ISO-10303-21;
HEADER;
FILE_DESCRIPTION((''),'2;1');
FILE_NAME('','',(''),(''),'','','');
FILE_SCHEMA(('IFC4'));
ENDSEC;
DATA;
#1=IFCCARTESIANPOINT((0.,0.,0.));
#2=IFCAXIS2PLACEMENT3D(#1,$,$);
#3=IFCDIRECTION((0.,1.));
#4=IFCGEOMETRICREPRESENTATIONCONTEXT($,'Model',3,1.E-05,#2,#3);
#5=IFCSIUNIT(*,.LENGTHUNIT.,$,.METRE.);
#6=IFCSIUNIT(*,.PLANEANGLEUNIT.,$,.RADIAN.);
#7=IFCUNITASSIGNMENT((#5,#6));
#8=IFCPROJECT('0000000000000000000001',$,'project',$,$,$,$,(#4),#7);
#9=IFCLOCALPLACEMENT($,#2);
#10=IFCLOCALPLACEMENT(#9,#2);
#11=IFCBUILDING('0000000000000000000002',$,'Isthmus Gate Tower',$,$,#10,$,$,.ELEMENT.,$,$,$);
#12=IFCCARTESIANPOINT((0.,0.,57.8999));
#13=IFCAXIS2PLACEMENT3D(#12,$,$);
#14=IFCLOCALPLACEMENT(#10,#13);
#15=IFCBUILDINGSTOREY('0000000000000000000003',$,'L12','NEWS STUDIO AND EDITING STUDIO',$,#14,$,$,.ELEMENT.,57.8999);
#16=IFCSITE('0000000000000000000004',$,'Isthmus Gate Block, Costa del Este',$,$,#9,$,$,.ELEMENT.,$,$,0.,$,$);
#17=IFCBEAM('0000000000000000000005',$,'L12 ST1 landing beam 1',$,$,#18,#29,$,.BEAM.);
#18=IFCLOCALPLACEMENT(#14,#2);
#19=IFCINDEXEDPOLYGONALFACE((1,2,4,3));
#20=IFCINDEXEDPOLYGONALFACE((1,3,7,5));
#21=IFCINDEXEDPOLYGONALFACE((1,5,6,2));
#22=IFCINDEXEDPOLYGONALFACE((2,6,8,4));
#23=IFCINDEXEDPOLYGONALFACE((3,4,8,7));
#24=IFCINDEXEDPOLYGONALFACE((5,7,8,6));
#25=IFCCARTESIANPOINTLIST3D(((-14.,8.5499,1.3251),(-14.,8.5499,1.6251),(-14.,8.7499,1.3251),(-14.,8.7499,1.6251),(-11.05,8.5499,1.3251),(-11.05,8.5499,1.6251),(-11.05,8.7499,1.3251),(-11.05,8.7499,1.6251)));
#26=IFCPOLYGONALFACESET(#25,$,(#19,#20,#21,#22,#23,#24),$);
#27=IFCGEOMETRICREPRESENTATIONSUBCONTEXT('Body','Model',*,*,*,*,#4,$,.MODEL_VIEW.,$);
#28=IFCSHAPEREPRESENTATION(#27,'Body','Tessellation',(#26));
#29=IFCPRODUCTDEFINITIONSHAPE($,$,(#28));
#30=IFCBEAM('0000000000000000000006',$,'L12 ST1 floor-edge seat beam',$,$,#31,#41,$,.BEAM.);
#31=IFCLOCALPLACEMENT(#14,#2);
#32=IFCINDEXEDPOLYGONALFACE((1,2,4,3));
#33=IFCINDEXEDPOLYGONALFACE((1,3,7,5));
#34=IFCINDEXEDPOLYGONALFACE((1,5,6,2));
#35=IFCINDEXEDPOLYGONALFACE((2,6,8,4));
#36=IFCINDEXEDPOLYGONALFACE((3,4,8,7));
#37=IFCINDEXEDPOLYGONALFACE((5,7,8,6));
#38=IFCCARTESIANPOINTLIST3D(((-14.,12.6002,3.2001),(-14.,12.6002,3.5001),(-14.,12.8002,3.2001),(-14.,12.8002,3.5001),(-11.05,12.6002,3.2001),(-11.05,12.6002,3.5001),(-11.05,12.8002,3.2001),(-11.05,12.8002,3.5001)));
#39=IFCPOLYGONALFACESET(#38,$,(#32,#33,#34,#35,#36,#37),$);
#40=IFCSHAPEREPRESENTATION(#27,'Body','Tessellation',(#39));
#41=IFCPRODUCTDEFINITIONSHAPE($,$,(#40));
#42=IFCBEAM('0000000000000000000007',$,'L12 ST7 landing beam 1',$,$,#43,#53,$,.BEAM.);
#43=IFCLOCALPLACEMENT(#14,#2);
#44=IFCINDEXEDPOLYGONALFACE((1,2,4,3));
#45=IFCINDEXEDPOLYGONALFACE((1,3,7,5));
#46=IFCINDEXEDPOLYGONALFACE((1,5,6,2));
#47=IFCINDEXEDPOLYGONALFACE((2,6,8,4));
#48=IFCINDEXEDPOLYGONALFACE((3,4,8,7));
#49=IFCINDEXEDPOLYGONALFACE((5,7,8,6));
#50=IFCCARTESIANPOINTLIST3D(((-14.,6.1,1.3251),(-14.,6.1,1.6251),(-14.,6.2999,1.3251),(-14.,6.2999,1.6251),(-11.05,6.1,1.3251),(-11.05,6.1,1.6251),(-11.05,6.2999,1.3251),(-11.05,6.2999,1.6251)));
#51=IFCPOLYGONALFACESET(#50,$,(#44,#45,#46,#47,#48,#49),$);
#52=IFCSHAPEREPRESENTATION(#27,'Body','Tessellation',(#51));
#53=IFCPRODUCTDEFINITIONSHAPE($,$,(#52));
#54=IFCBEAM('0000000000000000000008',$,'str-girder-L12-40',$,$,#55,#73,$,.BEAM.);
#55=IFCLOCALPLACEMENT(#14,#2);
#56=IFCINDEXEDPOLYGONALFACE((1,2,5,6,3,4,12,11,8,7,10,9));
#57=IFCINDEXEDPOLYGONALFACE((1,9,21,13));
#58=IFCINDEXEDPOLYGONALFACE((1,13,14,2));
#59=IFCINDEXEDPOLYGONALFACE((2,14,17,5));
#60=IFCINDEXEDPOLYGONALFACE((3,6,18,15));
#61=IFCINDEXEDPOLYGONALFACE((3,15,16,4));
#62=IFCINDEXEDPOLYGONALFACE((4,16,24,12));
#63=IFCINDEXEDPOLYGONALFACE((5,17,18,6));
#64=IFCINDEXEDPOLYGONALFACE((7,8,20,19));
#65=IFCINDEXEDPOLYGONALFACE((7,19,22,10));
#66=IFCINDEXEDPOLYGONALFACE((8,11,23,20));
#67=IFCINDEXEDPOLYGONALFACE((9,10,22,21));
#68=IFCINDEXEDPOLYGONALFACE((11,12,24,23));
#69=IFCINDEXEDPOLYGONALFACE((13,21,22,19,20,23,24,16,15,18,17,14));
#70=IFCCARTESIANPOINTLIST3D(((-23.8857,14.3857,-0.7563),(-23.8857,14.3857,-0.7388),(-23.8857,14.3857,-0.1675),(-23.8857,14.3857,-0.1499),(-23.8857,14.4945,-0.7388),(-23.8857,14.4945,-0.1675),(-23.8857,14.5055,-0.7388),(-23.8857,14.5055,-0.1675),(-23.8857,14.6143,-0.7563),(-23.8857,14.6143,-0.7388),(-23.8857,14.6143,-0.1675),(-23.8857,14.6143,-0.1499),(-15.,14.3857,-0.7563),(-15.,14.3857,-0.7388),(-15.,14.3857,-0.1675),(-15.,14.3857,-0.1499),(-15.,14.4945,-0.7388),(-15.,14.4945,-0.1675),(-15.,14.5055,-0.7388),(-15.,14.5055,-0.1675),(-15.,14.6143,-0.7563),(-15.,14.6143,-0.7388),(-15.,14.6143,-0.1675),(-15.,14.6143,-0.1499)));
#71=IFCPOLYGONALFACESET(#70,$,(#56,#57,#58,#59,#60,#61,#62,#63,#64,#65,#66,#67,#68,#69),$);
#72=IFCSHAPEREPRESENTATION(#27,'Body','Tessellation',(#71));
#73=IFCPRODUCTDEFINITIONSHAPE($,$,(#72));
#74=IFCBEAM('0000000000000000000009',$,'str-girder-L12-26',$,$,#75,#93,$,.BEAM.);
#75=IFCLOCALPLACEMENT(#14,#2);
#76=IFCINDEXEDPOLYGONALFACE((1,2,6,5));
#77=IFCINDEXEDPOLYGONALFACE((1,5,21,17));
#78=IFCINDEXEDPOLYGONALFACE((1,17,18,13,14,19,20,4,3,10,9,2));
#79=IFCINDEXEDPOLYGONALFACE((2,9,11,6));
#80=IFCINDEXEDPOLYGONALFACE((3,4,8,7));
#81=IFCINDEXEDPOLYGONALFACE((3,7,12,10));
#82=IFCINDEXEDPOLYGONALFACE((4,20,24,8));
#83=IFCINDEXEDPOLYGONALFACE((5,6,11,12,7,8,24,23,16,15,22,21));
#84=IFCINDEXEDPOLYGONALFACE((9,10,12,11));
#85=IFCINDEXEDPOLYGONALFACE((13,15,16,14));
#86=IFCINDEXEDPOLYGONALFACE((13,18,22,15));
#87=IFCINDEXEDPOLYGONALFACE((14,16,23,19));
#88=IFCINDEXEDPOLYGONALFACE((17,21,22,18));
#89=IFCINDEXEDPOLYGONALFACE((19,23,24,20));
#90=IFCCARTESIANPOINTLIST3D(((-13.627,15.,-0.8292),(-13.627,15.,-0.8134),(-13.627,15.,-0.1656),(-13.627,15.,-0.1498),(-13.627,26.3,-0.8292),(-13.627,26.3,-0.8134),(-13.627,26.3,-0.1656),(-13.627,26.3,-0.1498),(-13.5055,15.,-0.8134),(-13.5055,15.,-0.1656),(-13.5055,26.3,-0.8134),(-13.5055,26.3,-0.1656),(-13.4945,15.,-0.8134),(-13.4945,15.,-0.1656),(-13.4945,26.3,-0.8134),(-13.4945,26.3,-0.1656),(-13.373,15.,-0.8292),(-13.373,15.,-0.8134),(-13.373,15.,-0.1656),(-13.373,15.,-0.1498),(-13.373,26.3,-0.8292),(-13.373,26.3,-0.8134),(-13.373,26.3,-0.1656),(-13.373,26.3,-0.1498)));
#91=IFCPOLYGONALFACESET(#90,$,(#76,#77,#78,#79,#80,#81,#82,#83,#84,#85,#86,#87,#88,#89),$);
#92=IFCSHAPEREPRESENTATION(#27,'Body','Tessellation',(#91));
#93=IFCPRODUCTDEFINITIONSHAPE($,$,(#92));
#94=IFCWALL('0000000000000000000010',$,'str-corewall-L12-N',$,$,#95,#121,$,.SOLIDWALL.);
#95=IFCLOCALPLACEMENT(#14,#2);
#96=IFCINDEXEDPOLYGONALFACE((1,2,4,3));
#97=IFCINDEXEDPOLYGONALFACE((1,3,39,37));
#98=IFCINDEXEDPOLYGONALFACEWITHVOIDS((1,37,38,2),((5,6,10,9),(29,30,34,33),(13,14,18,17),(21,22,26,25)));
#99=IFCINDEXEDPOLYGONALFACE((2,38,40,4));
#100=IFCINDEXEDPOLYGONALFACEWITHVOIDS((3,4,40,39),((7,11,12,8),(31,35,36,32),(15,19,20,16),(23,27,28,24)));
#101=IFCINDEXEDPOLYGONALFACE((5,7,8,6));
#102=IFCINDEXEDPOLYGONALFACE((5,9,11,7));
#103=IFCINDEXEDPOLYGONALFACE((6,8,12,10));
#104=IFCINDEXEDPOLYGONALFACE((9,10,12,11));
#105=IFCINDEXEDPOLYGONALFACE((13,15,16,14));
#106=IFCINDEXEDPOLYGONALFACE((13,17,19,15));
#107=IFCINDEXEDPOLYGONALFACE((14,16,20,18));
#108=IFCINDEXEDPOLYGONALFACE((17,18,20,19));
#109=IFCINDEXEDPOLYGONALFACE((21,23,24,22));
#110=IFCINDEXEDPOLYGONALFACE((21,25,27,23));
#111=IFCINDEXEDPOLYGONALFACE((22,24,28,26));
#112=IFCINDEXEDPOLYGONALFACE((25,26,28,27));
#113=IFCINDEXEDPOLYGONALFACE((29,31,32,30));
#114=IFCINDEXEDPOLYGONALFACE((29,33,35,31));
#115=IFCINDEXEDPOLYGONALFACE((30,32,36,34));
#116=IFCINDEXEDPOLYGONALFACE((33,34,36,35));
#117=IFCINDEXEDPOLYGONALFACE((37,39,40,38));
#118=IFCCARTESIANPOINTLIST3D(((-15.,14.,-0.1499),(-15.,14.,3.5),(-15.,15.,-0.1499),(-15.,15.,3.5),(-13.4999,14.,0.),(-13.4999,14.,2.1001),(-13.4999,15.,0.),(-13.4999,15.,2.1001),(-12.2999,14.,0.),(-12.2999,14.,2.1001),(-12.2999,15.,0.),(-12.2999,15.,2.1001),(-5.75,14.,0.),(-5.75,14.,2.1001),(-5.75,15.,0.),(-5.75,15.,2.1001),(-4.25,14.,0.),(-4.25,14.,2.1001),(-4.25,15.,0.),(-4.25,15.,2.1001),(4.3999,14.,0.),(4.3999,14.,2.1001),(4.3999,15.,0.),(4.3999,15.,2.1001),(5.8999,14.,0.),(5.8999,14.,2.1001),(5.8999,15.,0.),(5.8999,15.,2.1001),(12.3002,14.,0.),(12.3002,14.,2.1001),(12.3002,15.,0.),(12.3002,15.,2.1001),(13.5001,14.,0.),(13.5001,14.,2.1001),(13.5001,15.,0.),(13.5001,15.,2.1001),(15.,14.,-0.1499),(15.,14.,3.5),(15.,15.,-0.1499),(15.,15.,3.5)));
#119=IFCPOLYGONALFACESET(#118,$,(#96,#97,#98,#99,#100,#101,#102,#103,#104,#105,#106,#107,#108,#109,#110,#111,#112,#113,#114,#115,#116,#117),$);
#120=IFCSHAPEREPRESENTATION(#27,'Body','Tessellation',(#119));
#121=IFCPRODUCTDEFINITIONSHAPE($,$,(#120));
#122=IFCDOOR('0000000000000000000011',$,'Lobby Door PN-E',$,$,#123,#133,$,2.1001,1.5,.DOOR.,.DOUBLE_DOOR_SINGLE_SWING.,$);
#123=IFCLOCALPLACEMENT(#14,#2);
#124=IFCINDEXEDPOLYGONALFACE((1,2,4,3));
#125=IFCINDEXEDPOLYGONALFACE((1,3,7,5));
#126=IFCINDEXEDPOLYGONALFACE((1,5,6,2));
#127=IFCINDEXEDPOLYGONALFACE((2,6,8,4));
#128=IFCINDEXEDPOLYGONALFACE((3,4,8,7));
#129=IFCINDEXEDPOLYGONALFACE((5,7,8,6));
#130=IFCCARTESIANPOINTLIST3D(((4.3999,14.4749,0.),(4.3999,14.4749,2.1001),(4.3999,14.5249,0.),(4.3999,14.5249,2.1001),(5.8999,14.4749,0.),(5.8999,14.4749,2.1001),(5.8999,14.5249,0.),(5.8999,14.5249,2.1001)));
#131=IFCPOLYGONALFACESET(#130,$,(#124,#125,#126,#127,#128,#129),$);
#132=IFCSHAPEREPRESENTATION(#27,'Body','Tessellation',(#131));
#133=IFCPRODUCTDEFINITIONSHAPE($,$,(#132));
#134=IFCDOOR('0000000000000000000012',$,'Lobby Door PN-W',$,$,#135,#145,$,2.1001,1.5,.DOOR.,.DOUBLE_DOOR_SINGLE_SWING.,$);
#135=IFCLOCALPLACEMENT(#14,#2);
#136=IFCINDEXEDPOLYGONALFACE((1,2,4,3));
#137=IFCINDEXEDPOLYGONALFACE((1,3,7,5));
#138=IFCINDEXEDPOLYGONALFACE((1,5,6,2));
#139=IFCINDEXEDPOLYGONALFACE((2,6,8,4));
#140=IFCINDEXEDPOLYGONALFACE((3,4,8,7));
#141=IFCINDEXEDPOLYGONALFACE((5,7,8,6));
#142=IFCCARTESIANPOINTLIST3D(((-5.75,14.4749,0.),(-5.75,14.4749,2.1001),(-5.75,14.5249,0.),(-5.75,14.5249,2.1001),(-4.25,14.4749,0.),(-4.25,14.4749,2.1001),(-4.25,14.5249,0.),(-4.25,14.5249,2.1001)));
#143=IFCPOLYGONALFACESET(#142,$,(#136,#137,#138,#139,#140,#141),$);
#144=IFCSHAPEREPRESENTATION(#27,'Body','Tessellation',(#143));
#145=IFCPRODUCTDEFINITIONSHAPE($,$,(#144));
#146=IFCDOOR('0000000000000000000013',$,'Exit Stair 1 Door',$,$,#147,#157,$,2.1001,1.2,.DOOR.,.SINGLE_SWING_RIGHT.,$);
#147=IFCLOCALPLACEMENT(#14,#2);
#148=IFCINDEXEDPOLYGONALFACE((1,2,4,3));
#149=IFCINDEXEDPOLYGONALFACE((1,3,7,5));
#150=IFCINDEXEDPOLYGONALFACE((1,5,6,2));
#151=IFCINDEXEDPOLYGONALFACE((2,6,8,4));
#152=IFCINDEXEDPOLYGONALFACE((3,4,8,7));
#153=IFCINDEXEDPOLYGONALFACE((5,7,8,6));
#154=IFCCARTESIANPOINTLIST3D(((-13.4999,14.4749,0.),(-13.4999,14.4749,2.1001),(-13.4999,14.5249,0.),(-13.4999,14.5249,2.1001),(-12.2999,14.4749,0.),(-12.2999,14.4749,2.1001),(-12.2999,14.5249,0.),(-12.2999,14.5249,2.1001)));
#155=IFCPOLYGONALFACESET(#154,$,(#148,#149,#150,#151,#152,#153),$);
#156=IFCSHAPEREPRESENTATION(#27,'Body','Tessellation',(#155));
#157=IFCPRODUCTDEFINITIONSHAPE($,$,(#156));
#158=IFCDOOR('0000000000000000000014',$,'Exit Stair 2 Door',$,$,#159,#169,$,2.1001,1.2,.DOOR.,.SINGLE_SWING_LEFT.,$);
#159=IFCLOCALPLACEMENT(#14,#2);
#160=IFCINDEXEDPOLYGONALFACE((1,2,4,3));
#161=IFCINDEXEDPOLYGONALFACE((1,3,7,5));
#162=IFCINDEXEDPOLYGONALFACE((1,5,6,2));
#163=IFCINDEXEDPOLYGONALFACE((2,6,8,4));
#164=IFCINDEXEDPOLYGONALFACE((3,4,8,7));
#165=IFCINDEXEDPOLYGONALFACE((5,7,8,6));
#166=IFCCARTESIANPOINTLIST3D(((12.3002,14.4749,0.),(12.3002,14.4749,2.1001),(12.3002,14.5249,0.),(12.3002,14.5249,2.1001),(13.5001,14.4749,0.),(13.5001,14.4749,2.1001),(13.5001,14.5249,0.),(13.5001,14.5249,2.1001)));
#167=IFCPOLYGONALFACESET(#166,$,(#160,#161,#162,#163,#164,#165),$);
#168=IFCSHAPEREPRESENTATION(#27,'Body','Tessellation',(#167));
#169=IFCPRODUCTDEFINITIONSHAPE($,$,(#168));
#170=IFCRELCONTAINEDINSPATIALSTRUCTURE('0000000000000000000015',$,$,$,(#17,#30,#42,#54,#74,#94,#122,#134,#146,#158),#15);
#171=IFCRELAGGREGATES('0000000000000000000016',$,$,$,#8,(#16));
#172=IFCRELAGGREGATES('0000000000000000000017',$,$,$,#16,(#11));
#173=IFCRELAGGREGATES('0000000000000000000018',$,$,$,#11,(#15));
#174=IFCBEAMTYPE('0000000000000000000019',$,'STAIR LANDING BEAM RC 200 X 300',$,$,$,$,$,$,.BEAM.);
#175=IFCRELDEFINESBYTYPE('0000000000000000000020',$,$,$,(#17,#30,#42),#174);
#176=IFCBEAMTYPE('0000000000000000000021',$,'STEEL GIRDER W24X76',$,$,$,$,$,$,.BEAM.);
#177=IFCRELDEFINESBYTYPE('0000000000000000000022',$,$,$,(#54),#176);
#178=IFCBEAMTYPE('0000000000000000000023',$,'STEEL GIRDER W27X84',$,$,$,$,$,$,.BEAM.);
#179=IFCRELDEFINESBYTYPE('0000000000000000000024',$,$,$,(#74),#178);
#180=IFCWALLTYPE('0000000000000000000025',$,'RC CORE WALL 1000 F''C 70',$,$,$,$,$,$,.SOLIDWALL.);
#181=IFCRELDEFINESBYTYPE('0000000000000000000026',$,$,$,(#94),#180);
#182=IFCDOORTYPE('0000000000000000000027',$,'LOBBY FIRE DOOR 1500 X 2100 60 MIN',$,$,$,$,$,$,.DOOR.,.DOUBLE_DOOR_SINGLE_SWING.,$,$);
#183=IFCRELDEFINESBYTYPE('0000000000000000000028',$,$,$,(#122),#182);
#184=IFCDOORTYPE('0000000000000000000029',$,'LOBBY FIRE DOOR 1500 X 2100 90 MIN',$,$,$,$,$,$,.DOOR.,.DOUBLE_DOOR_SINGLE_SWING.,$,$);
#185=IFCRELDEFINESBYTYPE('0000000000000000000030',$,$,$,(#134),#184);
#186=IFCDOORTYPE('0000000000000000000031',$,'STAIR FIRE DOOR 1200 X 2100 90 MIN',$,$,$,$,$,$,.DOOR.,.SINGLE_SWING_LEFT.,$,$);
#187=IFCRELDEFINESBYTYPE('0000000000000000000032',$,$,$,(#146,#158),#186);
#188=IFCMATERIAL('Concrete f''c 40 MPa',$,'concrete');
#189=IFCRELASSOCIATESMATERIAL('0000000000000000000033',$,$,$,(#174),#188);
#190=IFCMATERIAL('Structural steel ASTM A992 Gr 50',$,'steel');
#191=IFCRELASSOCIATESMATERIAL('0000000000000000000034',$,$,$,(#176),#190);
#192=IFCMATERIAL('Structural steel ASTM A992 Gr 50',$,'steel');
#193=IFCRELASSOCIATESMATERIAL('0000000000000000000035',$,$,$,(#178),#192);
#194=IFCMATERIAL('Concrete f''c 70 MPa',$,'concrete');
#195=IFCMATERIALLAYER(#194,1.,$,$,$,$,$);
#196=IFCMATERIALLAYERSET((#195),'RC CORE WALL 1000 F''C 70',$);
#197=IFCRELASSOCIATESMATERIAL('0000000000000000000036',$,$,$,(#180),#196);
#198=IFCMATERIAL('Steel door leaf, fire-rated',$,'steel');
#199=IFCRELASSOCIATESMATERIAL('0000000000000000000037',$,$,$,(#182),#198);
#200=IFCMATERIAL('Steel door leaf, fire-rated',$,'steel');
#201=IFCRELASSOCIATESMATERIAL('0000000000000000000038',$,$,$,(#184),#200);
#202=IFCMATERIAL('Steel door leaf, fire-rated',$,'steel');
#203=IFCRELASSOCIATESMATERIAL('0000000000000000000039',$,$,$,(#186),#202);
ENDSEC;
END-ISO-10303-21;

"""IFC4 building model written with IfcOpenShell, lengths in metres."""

from ifc_helpers import new_model, si_unit, direction, frame, frame_2d, origin, origin_2d, place, context, subcontext, project, spatial, rectangle, i_section, extrude, material, layer, layer_set, material_profile, profile_set, type_object, element, fill, save


model = new_model("IFC4")

# Units and contexts
model_context = context("Model", 3, precision=1e-05, world=origin(), true_north=direction((0.0, 1.0)))
body_context = subcontext(model_context, "Body", "Model", "MODEL_VIEW")
ifc_project = project(units=[si_unit("LENGTHUNIT", "METRE"), si_unit("PLANEANGLEUNIT", "RADIAN")], contexts=[model_context])

# Site, building, storey
site_placement = place(None, origin())
site = spatial("IfcSite", under=ifc_project, at=site_placement, Name="Isthmus Gate Block, Costa del Este", CompositionType="ELEMENT", RefElevation=0.0)
building_placement = place(site_placement, origin())
building = spatial("IfcBuilding", under=site, at=building_placement, Name="Isthmus Gate Tower", CompositionType="ELEMENT")
storey_placement = place(building_placement, frame((0.0, 0.0, 57.8999)))
storey = spatial("IfcBuildingStorey", under=building, at=storey_placement, Name="L12", Description="NEWS STUDIO AND EDITING STUDIO", CompositionType="ELEMENT", Elevation=57.8999)

# Beams
ifc_material_1 = material(Name="Concrete f'c 40 MPa", Category="concrete")
ifc_material_profile_1 = material_profile(ifc_material_1, rectangle(XDim=0.2, YDim=0.3, at=origin_2d()), Name="STAIR LANDING BEAM RC 200 X 300")
ifc_profile_set_1 = profile_set([ifc_material_profile_1], Name="Concrete f'c 40 MPa")
beam_type_1 = type_object("IfcBeamType", Name="STAIR LANDING BEAM RC 200 X 300", PredefinedType="BEAM", material=ifc_profile_set_1)
for number, where, z_axis, x_axis, name in (
    (1, (-14.0, 8.6499, 1.4751), (1.0, 0.0, 0.0), (0.0, 1.0, 0.0), "L12 ST1 landing beam 1"),
    (2, (-14.0, 12.7002, 3.3501), (1.0, 0.0, 0.0), (0.0, 1.0, 0.0), "L12 ST1 floor-edge seat beam"),
    (3, (-14.0, 6.2, 1.4751), (1.0, 0.0, 0.0), (0.0, 1.0, 0.0), "L12 ST7 landing beam 1"),
):
    element("IfcBeam", number, at=place(storey_placement, frame(where, z_axis=z_axis, x_axis=x_axis)), inside=storey, type_object=beam_type_1, Name=name, PredefinedType="BEAM", context=body_context, shape_type="SweptSolid", body=[
        extrude(rectangle(XDim=0.2, YDim=0.3, at=origin_2d()), origin(), (0.0, 0.0, 1.0), 2.95),
    ])
ifc_material_2 = material(Name="Structural steel ASTM A992 Gr 50", Category="steel")
ifc_material_profile_2 = material_profile(ifc_material_2, i_section(OverallWidth=0.2285, OverallDepth=0.6064, WebThickness=0.011, FlangeThickness=0.0176, at=origin_2d()), Name="W24X76")
ifc_profile_set_2 = profile_set([ifc_material_profile_2], Name="Structural steel ASTM A992 Gr 50")
beam_type_2 = type_object("IfcBeamType", Name="STEEL GIRDER W24X76", PredefinedType="BEAM", material=ifc_profile_set_2)
beam_1_placement = place(storey_placement, frame((-15.0, 14.5, -0.4531), z_axis=(-1.0, 0.0, 0.0), x_axis=(0.0, -1.0, 0.0)))
element("IfcBeam", 4, at=beam_1_placement, inside=storey, type_object=beam_type_2, Name="str-girder-L12-40", PredefinedType="BEAM", context=body_context, shape_type="SweptSolid", body=[
    extrude(i_section(OverallWidth=0.2285, OverallDepth=0.6064, WebThickness=0.011, FlangeThickness=0.0176, at=origin_2d()), origin(), (0.0, 0.0, 1.0), 8.8857),
])
ifc_material_3 = material(Name="Structural steel ASTM A992 Gr 50", Category="steel")
ifc_material_profile_3 = material_profile(ifc_material_3, i_section(OverallWidth=0.2539, OverallDepth=0.6794, WebThickness=0.011, FlangeThickness=0.0159, at=origin_2d()), Name="W27X84")
ifc_profile_set_3 = profile_set([ifc_material_profile_3], Name="Structural steel ASTM A992 Gr 50")
beam_type_3 = type_object("IfcBeamType", Name="STEEL GIRDER W27X84", PredefinedType="BEAM", material=ifc_profile_set_3)
beam_2_placement = place(storey_placement, frame((-13.5, 15.0, -0.4895), z_axis=(0.0, 1.0, 0.0), x_axis=(-1.0, 0.0, 0.0)))
element("IfcBeam", 5, at=beam_2_placement, inside=storey, type_object=beam_type_3, Name="str-girder-L12-26", PredefinedType="BEAM", context=body_context, shape_type="SweptSolid", body=[
    extrude(i_section(OverallWidth=0.2539, OverallDepth=0.6794, WebThickness=0.011, FlangeThickness=0.0159, at=origin_2d()), origin(), (0.0, 0.0, 1.0), 11.3),
])

# Wall, openings, doors
ifc_material_4 = material(Name="Concrete f'c 70 MPa", Category="concrete")
ifc_layer_1 = layer(ifc_material_4, 1.0)
ifc_layer_set_1 = layer_set([ifc_layer_1], Name="RC CORE WALL 1000 F'C 70")
wall_type_1 = type_object("IfcWallType", Name="RC CORE WALL 1000 F'C 70", PredefinedType="SOLIDWALL", material=ifc_layer_set_1)
wall_1_placement = place(storey_placement, frame((-15.0, 14.5, -0.1499), z_axis=(0.0, 0.0, 1.0), x_axis=(1.0, 0.0, 0.0)))
wall_1 = element("IfcWall", 6, at=wall_1_placement, inside=storey, type_object=wall_type_1, Name="str-corewall-L12-N", PredefinedType="SOLIDWALL", context=body_context, shape_type="SweptSolid", body=[
    extrude(rectangle(XDim=30.0, YDim=1.0, at=frame_2d((15.0, 0.0))), origin(), (0.0, 0.0, 1.0), 3.6499),
])
opening_1_placement = place(wall_1_placement, frame((9.25, 0.0, 0.1499)))
opening_1 = element("IfcOpeningElement", 7, at=opening_1_placement, cuts=wall_1, PredefinedType="OPENING", context=body_context, shape_type="SweptSolid", body=[
    extrude(rectangle(XDim=1.5, YDim=2.1001, at=frame_2d((0.75, 1.05))), frame((0.0, 0.51, 0.0), z_axis=(0.0, -1.0, 0.0), x_axis=(1.0, 0.0, 0.0)), (0.0, 0.0, 1.0), 1.02),
])
opening_2_placement = place(wall_1_placement, frame((19.3999, 0.0, 0.1499)))
opening_2 = element("IfcOpeningElement", 8, at=opening_2_placement, cuts=wall_1, PredefinedType="OPENING", context=body_context, shape_type="SweptSolid", body=[
    extrude(rectangle(XDim=1.5, YDim=2.1001, at=frame_2d((0.75, 1.05))), frame((0.0, 0.51, 0.0), z_axis=(0.0, -1.0, 0.0), x_axis=(1.0, 0.0, 0.0)), (0.0, 0.0, 1.0), 1.02),
])
opening_3_placement = place(wall_1_placement, frame((1.5, 0.0, 0.1499)))
opening_3 = element("IfcOpeningElement", 9, at=opening_3_placement, cuts=wall_1, PredefinedType="OPENING", context=body_context, shape_type="SweptSolid", body=[
    extrude(rectangle(XDim=1.2, YDim=2.1001, at=frame_2d((0.6001, 1.05))), frame((0.0, 0.51, 0.0), z_axis=(0.0, -1.0, 0.0), x_axis=(1.0, 0.0, 0.0)), (0.0, 0.0, 1.0), 1.02),
])
opening_4_placement = place(wall_1_placement, frame((27.3, 0.0, 0.1499)))
opening_4 = element("IfcOpeningElement", 10, at=opening_4_placement, cuts=wall_1, PredefinedType="OPENING", context=body_context, shape_type="SweptSolid", body=[
    extrude(rectangle(XDim=1.2, YDim=2.1001, at=frame_2d((0.6001, 1.05))), frame((0.0, 0.51, 0.0), z_axis=(0.0, -1.0, 0.0), x_axis=(1.0, 0.0, 0.0)), (0.0, 0.0, 1.0), 1.02),
])
ifc_material_5 = material(Name="Steel door leaf, fire-rated", Category="steel")
door_type_1 = type_object("IfcDoorType", Name="LOBBY FIRE DOOR 1500 X 2100 60 MIN", OperationType="DOUBLE_DOOR_SINGLE_SWING", PredefinedType="DOOR", material=ifc_material_5)
door_1_placement = place(opening_2_placement, origin())
door_1 = element("IfcDoor", 11, at=door_1_placement, inside=storey, type_object=door_type_1, Name="Lobby Door PN-E", OperationType="DOUBLE_DOOR_SINGLE_SWING", OverallHeight=2.1001, OverallWidth=1.5, PredefinedType="DOOR", context=body_context, shape_type="SweptSolid", body=[
    extrude(rectangle(XDim=1.5, YDim=2.1001, at=frame_2d((0.75, 1.05))), frame((0.0, 0.0249, 0.0), z_axis=(0.0, -1.0, 0.0), x_axis=(1.0, 0.0, 0.0)), (0.0, 0.0, 1.0), 0.05),
])
fill(opening_2, door_1)
ifc_material_6 = material(Name="Steel door leaf, fire-rated", Category="steel")
door_type_2 = type_object("IfcDoorType", Name="LOBBY FIRE DOOR 1500 X 2100 90 MIN", OperationType="DOUBLE_DOOR_SINGLE_SWING", PredefinedType="DOOR", material=ifc_material_6)
door_2_placement = place(opening_1_placement, origin())
door_2 = element("IfcDoor", 12, at=door_2_placement, inside=storey, type_object=door_type_2, Name="Lobby Door PN-W", OperationType="DOUBLE_DOOR_SINGLE_SWING", OverallHeight=2.1001, OverallWidth=1.5, PredefinedType="DOOR", context=body_context, shape_type="SweptSolid", body=[
    extrude(rectangle(XDim=1.5, YDim=2.1001, at=frame_2d((0.75, 1.05))), frame((0.0, 0.0249, 0.0), z_axis=(0.0, -1.0, 0.0), x_axis=(1.0, 0.0, 0.0)), (0.0, 0.0, 1.0), 0.05),
])
fill(opening_1, door_2)
ifc_material_7 = material(Name="Steel door leaf, fire-rated", Category="steel")
door_type_3 = type_object("IfcDoorType", Name="STAIR FIRE DOOR 1200 X 2100 90 MIN", OperationType="SINGLE_SWING_LEFT", PredefinedType="DOOR", material=ifc_material_7)
door_3_placement = place(opening_3_placement, origin())
door_3 = element("IfcDoor", 13, at=door_3_placement, inside=storey, type_object=door_type_3, Name="Exit Stair 1 Door", OperationType="SINGLE_SWING_RIGHT", OverallHeight=2.1001, OverallWidth=1.2, PredefinedType="DOOR", context=body_context, shape_type="SweptSolid", body=[
    extrude(rectangle(XDim=1.2, YDim=2.1001, at=frame_2d((0.6001, 1.05))), frame((0.0, 0.0249, 0.0), z_axis=(0.0, -1.0, 0.0), x_axis=(1.0, 0.0, 0.0)), (0.0, 0.0, 1.0), 0.05),
])
fill(opening_3, door_3)
door_4_placement = place(opening_4_placement, origin())
door_4 = element("IfcDoor", 14, at=door_4_placement, inside=storey, type_object=door_type_3, Name="Exit Stair 2 Door", OperationType="SINGLE_SWING_LEFT", OverallHeight=2.1001, OverallWidth=1.2, PredefinedType="DOOR", context=body_context, shape_type="SweptSolid", body=[
    extrude(rectangle(XDim=1.2, YDim=2.1001, at=frame_2d((0.6001, 1.05))), frame((0.0, 0.0249, 0.0), z_axis=(0.0, -1.0, 0.0), x_axis=(1.0, 0.0, 0.0)), (0.0, 0.0, 1.0), 0.05),
])
fill(opening_4, door_4)

save(model, "model.ifc")
